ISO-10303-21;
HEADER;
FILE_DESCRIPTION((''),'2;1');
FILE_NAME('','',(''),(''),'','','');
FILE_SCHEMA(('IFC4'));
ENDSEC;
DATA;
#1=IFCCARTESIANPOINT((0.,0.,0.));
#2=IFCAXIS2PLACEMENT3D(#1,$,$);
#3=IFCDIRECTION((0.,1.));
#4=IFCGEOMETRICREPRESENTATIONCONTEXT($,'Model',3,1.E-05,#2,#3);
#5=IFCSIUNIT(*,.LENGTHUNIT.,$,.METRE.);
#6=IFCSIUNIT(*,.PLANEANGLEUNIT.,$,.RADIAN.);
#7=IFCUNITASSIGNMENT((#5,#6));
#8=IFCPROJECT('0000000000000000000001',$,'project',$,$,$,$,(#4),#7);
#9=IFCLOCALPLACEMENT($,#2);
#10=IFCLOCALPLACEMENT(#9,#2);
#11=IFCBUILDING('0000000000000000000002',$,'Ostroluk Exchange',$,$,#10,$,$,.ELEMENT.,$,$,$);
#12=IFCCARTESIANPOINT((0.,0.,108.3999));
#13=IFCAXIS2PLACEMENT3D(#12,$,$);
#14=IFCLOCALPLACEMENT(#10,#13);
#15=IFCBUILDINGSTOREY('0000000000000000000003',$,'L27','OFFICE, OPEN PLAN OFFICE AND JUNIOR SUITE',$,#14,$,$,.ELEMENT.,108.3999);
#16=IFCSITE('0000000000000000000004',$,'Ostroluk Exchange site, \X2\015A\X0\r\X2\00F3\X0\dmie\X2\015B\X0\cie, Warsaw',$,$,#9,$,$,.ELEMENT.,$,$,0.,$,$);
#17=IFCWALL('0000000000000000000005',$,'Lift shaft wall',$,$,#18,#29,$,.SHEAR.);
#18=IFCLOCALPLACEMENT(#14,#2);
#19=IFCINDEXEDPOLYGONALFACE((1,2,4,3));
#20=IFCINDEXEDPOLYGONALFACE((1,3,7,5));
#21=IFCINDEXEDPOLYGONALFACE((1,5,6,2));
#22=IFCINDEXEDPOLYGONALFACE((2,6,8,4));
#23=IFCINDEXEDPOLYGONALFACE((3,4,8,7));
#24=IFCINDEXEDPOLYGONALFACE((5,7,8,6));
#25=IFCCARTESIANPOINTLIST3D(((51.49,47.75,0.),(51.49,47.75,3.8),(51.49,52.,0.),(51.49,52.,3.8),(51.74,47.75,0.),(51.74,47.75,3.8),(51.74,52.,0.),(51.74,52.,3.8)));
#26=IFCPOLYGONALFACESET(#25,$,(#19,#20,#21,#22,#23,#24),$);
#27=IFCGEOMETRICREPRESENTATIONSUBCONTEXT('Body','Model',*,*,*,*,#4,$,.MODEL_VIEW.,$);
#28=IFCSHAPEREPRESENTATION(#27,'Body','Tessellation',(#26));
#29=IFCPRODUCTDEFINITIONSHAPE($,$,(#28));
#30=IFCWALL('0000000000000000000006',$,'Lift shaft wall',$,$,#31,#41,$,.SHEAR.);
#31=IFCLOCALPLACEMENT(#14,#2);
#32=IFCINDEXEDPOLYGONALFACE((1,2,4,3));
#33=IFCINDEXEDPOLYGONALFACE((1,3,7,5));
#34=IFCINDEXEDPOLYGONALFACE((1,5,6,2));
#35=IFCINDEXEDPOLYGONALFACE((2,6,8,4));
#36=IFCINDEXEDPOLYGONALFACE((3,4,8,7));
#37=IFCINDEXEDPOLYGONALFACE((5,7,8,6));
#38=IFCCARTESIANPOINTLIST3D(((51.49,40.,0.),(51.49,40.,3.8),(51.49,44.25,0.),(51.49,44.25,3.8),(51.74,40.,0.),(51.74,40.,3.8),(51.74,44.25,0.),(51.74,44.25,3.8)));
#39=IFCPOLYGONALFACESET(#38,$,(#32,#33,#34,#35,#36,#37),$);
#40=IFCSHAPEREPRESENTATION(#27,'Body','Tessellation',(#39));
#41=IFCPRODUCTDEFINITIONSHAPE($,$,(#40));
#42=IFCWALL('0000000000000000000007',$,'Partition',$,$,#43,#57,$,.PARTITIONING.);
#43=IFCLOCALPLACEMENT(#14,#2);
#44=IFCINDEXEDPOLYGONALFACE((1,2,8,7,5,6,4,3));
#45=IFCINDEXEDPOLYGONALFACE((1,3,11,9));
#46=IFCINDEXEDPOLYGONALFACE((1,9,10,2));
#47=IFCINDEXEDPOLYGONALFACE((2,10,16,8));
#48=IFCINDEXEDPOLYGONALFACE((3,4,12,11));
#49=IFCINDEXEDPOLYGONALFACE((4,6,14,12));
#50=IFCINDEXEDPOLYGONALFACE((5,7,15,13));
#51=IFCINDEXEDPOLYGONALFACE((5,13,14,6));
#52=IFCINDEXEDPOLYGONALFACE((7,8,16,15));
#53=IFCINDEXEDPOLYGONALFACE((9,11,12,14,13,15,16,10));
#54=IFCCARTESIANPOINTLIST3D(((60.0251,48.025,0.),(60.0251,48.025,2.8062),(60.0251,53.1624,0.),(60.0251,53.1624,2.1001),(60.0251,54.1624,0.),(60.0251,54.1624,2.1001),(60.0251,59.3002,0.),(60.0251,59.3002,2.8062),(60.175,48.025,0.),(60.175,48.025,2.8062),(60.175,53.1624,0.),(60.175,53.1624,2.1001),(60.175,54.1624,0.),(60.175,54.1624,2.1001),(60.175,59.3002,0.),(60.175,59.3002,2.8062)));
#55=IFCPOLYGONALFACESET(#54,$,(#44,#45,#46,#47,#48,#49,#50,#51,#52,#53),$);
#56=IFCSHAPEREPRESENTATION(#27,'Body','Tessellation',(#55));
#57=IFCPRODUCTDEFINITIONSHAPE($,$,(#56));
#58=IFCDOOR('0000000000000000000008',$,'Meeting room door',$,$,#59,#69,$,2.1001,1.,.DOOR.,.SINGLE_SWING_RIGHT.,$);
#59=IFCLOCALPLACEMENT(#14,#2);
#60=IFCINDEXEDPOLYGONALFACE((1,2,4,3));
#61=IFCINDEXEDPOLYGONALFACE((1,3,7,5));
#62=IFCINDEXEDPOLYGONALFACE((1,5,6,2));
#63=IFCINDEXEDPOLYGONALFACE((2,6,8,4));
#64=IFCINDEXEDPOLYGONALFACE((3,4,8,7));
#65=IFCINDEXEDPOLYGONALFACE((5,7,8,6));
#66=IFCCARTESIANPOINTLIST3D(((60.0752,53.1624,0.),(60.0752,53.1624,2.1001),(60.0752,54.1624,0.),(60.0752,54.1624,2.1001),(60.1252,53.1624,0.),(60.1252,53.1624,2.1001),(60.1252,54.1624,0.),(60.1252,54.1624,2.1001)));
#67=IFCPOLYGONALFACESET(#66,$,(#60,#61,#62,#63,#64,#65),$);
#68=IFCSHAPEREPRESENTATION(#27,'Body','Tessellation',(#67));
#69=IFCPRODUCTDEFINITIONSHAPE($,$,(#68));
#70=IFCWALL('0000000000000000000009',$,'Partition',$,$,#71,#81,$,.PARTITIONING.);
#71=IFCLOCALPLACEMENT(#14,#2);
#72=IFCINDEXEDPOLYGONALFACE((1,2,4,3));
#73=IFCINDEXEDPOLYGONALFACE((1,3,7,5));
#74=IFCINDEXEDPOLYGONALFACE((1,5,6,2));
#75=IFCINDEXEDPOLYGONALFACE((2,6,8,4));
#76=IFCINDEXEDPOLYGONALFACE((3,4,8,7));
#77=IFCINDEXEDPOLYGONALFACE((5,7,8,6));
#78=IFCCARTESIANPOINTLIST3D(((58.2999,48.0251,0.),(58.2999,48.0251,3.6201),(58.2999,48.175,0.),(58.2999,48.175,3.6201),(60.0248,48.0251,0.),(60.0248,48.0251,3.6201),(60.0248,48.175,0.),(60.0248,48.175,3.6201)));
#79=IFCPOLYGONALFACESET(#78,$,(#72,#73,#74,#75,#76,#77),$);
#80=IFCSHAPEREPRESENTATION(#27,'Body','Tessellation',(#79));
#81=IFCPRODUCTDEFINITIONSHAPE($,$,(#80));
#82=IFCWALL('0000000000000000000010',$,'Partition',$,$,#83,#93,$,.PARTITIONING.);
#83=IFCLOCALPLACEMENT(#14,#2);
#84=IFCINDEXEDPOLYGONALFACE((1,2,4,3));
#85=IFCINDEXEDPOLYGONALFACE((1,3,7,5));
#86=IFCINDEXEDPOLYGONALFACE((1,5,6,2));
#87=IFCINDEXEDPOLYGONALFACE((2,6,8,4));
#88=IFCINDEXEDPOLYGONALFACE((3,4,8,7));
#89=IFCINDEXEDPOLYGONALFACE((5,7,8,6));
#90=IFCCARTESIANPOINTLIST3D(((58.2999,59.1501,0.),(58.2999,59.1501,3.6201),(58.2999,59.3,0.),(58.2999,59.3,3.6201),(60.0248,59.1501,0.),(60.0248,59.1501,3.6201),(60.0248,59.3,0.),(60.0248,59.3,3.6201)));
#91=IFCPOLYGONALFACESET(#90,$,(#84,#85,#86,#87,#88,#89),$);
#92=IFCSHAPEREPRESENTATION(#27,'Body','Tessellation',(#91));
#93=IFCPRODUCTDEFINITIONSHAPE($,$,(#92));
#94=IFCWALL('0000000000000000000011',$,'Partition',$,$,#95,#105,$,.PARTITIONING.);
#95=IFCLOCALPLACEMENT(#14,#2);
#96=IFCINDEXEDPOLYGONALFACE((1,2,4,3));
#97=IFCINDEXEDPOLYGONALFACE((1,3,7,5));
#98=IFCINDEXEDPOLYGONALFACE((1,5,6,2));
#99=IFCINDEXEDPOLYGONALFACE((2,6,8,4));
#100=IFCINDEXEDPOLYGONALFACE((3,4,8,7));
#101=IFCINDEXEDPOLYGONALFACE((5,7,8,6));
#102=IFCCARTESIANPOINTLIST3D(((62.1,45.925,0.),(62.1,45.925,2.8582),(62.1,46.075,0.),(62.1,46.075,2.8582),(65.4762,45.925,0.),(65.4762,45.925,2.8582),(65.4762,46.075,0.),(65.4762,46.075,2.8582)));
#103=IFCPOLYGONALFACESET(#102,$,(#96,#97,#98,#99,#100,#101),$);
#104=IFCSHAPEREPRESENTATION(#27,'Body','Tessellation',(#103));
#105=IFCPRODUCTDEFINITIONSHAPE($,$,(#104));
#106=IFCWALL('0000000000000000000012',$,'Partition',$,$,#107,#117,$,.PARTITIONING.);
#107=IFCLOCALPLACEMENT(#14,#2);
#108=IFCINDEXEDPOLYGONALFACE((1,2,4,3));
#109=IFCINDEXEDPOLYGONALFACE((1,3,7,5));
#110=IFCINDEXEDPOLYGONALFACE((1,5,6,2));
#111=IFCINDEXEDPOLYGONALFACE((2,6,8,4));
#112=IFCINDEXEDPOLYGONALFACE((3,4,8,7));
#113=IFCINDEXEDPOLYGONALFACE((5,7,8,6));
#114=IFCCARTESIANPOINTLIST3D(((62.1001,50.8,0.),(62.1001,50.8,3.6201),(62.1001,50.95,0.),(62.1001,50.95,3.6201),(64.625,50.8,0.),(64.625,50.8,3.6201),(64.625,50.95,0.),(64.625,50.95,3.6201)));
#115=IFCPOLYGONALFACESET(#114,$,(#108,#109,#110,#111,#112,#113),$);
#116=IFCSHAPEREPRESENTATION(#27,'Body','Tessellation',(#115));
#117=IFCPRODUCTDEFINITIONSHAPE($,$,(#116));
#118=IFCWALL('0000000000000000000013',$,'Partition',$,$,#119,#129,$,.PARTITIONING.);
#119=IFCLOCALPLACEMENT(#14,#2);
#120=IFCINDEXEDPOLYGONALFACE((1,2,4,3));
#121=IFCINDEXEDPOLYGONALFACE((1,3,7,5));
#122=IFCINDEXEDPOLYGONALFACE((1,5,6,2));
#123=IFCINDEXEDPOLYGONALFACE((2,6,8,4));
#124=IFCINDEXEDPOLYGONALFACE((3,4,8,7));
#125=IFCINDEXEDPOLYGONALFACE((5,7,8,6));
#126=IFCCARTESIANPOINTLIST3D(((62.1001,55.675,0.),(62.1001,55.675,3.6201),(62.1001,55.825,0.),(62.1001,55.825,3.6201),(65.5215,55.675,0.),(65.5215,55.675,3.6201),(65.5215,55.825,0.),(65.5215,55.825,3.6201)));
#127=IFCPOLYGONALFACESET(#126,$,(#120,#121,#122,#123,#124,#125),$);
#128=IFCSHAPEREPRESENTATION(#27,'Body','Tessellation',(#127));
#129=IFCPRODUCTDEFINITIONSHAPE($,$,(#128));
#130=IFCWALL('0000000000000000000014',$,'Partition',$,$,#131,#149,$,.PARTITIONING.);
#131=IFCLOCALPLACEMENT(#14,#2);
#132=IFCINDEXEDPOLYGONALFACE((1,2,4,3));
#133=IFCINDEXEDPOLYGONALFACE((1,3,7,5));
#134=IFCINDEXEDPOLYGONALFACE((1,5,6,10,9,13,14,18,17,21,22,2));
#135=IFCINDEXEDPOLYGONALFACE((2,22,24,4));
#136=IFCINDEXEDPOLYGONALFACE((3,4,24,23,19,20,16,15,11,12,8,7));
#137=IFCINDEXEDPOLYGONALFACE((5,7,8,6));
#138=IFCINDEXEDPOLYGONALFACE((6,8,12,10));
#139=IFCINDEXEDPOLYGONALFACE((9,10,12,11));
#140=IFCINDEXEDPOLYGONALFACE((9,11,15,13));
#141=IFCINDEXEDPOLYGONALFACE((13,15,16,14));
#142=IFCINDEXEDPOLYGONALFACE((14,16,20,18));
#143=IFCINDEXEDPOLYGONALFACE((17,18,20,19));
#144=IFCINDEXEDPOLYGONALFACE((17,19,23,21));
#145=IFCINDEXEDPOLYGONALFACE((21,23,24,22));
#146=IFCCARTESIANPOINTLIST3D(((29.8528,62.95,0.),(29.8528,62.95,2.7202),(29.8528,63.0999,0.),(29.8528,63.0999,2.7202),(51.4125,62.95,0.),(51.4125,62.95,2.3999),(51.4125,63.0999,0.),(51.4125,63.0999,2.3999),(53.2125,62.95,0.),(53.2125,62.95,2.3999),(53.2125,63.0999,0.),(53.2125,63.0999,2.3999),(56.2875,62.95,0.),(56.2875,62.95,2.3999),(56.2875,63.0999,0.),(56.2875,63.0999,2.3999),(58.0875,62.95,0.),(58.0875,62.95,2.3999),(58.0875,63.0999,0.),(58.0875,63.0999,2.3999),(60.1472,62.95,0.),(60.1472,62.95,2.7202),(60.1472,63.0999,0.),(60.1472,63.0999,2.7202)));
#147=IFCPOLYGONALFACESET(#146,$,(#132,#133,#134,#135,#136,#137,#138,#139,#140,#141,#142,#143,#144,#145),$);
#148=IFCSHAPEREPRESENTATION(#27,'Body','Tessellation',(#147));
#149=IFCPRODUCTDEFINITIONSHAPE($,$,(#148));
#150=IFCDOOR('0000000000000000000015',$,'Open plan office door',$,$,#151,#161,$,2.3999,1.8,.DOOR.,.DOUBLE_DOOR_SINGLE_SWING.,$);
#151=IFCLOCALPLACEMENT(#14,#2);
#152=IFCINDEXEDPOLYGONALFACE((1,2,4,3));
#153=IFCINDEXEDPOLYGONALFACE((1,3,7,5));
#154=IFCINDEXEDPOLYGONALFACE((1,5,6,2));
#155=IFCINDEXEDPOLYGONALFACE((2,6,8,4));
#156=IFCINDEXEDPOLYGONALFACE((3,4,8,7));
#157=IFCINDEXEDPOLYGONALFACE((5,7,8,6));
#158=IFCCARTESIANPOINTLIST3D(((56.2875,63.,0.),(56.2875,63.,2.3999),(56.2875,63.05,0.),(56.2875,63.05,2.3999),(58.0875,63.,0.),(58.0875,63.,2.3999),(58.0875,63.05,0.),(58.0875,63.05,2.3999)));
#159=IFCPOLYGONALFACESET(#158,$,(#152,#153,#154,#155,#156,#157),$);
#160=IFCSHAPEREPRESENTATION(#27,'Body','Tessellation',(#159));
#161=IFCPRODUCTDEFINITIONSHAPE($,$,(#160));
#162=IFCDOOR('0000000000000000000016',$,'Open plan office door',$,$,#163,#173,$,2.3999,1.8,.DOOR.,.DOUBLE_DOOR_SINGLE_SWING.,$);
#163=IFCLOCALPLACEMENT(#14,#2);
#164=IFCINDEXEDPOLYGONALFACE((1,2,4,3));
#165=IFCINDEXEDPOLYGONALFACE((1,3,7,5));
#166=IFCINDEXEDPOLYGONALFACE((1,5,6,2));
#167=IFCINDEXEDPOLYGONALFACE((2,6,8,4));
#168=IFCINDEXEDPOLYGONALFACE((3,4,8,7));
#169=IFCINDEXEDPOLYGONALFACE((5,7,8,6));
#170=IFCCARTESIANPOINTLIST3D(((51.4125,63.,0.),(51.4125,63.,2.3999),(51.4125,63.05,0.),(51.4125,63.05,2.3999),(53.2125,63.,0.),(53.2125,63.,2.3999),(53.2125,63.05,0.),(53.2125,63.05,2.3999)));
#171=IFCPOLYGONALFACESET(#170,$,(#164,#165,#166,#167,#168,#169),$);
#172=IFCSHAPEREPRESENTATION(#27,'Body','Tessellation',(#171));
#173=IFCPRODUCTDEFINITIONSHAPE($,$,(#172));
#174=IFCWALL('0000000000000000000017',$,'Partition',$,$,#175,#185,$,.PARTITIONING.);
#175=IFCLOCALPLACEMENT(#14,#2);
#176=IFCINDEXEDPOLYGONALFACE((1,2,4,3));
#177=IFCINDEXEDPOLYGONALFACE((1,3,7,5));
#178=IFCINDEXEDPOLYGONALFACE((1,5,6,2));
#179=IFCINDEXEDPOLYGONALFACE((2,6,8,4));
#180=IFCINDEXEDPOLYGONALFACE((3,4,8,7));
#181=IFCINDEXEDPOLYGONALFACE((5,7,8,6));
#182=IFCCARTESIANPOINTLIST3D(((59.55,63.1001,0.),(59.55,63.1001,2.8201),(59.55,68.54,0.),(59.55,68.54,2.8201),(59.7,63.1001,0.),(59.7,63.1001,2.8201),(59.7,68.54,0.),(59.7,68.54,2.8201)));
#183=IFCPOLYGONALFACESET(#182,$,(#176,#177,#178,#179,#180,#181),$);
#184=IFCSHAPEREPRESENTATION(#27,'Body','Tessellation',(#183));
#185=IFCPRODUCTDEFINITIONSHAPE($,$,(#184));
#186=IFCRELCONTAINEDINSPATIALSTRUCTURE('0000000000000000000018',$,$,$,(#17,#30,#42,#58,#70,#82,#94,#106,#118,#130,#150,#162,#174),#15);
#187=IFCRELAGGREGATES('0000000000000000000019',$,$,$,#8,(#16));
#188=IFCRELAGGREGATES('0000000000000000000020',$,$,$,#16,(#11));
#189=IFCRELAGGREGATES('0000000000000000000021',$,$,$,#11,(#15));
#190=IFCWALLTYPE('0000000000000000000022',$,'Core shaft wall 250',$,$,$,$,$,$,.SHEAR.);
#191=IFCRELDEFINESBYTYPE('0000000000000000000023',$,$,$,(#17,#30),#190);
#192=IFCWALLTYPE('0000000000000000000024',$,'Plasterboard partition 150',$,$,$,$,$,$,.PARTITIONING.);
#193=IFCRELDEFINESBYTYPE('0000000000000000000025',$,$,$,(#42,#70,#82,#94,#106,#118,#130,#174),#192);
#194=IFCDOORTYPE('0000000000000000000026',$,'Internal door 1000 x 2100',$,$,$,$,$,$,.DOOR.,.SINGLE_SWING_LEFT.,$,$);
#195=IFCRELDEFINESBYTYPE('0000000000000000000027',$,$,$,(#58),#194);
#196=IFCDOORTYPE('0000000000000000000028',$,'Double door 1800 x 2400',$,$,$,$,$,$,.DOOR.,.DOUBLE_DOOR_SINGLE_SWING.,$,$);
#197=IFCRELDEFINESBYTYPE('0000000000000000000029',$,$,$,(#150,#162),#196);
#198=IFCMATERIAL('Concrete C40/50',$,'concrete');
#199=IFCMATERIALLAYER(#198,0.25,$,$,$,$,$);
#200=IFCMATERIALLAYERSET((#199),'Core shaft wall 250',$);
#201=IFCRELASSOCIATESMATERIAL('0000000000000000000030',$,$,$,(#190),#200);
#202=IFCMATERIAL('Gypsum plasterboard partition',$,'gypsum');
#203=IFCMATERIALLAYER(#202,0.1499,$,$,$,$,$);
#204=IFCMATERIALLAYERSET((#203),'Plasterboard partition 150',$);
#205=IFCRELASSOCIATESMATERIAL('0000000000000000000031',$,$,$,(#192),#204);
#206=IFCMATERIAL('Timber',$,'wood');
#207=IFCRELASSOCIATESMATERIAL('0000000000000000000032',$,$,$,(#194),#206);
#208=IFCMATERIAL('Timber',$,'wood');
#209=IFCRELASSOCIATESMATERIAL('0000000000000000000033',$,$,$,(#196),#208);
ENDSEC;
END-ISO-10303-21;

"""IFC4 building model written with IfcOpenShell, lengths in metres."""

from ifc_helpers import new_model, si_unit, direction, frame, frame_2d, origin, place, context, subcontext, project, spatial, rectangle, extrude, material, layer, layer_set, type_object, element, fill, save


model = new_model("IFC4")

# Units and contexts
model_context = context("Model", 3, precision=1e-05, world=origin(), true_north=direction((0.0, 1.0)))
body_context = subcontext(model_context, "Body", "Model", "MODEL_VIEW")
ifc_project = project(units=[si_unit("LENGTHUNIT", "METRE"), si_unit("PLANEANGLEUNIT", "RADIAN")], contexts=[model_context])

# Site, building, storey
site_placement = place(None, origin())
site = spatial("IfcSite", under=ifc_project, at=site_placement, Name="Ostroluk Exchange site, Śródmieście, Warsaw", CompositionType="ELEMENT", RefElevation=0.0)
building_placement = place(site_placement, origin())
building = spatial("IfcBuilding", under=site, at=building_placement, Name="Ostroluk Exchange", CompositionType="ELEMENT")
storey_placement = place(building_placement, frame((0.0, 0.0, 108.3999)))
storey = spatial("IfcBuildingStorey", under=building, at=storey_placement, Name="L27", Description="OFFICE, OPEN PLAN OFFICE AND JUNIOR SUITE", CompositionType="ELEMENT", Elevation=108.3999)

# Shared definitions
ifc_material_1 = material(Name="Concrete C40/50", Category="concrete")
ifc_layer_1 = layer(ifc_material_1, 0.25)
ifc_layer_set_1 = layer_set([ifc_layer_1], Name="Core shaft wall 250")
wall_type_1 = type_object("IfcWallType", Name="Core shaft wall 250", PredefinedType="SHEAR", material=ifc_layer_set_1)

# Walls
for number, where, z_axis, x_axis, name in (
    (1, (51.615, 47.75, 0.0), (0.0, 0.0, 1.0), (0.0, 1.0, 0.0), "Lift shaft wall"),
    (2, (51.615, 44.25, 0.0), (0.0, 0.0, 1.0), (0.0, -1.0, 0.0), "Lift shaft wall"),
):
    element("IfcWall", number, at=place(storey_placement, frame(where, z_axis=z_axis, x_axis=x_axis)), inside=storey, type_object=wall_type_1, Name=name, PredefinedType="SHEAR", context=body_context, shape_type="SweptSolid", body=[
        extrude(rectangle(XDim=4.25, YDim=0.25, at=frame_2d((2.125, 0.0))), origin(), (0.0, 0.0, 1.0), 3.8),
    ])

# Wall, opening, door
ifc_material_2 = material(Name="Gypsum plasterboard partition", Category="gypsum")
ifc_layer_2 = layer(ifc_material_2, 0.1499)
ifc_layer_set_2 = layer_set([ifc_layer_2], Name="Plasterboard partition 150")
wall_type_2 = type_object("IfcWallType", Name="Plasterboard partition 150", PredefinedType="PARTITIONING", material=ifc_layer_set_2)
wall_1_placement = place(storey_placement, frame((60.1001, 48.0249, 0.0), z_axis=(0.0, 0.0, 1.0), x_axis=(0.0, 1.0, 0.0)))
wall_1 = element("IfcWall", 3, at=wall_1_placement, inside=storey, type_object=wall_type_2, Name="Partition", PredefinedType="PARTITIONING", context=body_context, shape_type="SweptSolid", body=[
    extrude(rectangle(XDim=11.2751, YDim=0.1499, at=frame_2d((5.6377, 0.0))), origin(), (0.0, 0.0, 1.0), 2.8062),
])
opening_1_placement = place(wall_1_placement, frame((5.1375, 0.0, 0.0)))
opening_1 = element("IfcOpeningElement", 4, at=opening_1_placement, cuts=wall_1, PredefinedType="OPENING", context=body_context, shape_type="SweptSolid", body=[
    extrude(rectangle(XDim=1.0, YDim=2.1001, at=frame_2d((0.5, 1.05))), frame((0.0, 0.085, 0.0), z_axis=(0.0, -1.0, 0.0), x_axis=(1.0, 0.0, 0.0)), (0.0, 0.0, 1.0), 0.1699),
])
ifc_material_3 = material(Name="Timber", Category="wood")
door_type_1 = type_object("IfcDoorType", Name="Internal door 1000 x 2100", OperationType="SINGLE_SWING_LEFT", PredefinedType="DOOR", material=ifc_material_3)
door_1_placement = place(opening_1_placement, origin())
door_1 = element("IfcDoor", 5, at=door_1_placement, inside=storey, type_object=door_type_1, Name="Meeting room door", OperationType="SINGLE_SWING_RIGHT", OverallHeight=2.1001, OverallWidth=1.0, PredefinedType="DOOR", context=body_context, shape_type="SweptSolid", body=[
    extrude(rectangle(XDim=1.0, YDim=2.1001, at=frame_2d((0.5, 1.05))), frame((0.0, 0.0249, 0.0), z_axis=(0.0, -1.0, 0.0), x_axis=(1.0, 0.0, 0.0)), (0.0, 0.0, 1.0), 0.05),
])
fill(opening_1, door_1)

# Walls
for number, where, z_axis, x_axis, name in (
    (6, (58.3, 48.1001, 0.0), (0.0, 0.0, 1.0), (1.0, 0.0, 0.0), "Partition"),
    (7, (58.3, 59.2251, 0.0), (0.0, 0.0, 1.0), (1.0, 0.0, 0.0), "Partition"),
):
    element("IfcWall", number, at=place(storey_placement, frame(where, z_axis=z_axis, x_axis=x_axis)), inside=storey, type_object=wall_type_2, Name=name, PredefinedType="PARTITIONING", context=body_context, shape_type="SweptSolid", body=[
        extrude(rectangle(XDim=1.7249, YDim=0.1499, at=frame_2d((0.8623, 0.0))), origin(), (0.0, 0.0, 1.0), 3.6201),
    ])
wall_2_placement = place(storey_placement, frame((62.1001, 46.0, 0.0), z_axis=(0.0, 0.0, 1.0), x_axis=(1.0, 0.0, 0.0)))
element("IfcWall", 8, at=wall_2_placement, inside=storey, type_object=wall_type_2, Name="Partition", PredefinedType="PARTITIONING", context=body_context, shape_type="SweptSolid", body=[
    extrude(rectangle(XDim=3.3762, YDim=0.1499, at=frame_2d((1.688, 0.0))), origin(), (0.0, 0.0, 1.0), 2.8582),
])
wall_3_placement = place(storey_placement, frame((62.1001, 50.875, 0.0), z_axis=(0.0, 0.0, 1.0), x_axis=(1.0, 0.0, 0.0)))
element("IfcWall", 9, at=wall_3_placement, inside=storey, type_object=wall_type_2, Name="Partition", PredefinedType="PARTITIONING", context=body_context, shape_type="SweptSolid", body=[
    extrude(rectangle(XDim=2.5249, YDim=0.1499, at=frame_2d((1.2625, 0.0))), origin(), (0.0, 0.0, 1.0), 3.6201),
])
wall_4_placement = place(storey_placement, frame((62.1001, 55.75, 0.0), z_axis=(0.0, 0.0, 1.0), x_axis=(1.0, 0.0, 0.0)))
element("IfcWall", 10, at=wall_4_placement, inside=storey, type_object=wall_type_2, Name="Partition", PredefinedType="PARTITIONING", context=body_context, shape_type="SweptSolid", body=[
    extrude(rectangle(XDim=3.4214, YDim=0.1499, at=frame_2d((1.7107, 0.0))), origin(), (0.0, 0.0, 1.0), 3.6201),
])

# Wall, openings, doors
wall_5_placement = place(storey_placement, frame((60.1472, 63.0249, 0.0), z_axis=(0.0, 0.0, 1.0), x_axis=(-1.0, 0.0, 0.0)))
wall_5 = element("IfcWall", 11, at=wall_5_placement, inside=storey, type_object=wall_type_2, Name="Partition", PredefinedType="PARTITIONING", context=body_context, shape_type="SweptSolid", body=[
    extrude(rectangle(XDim=30.2944, YDim=0.1499, at=frame_2d((15.1472, 0.0))), origin(), (0.0, 0.0, 1.0), 2.7202),
])
opening_2_placement = place(wall_5_placement, frame((2.0598, 0.0, 0.0)))
opening_2 = element("IfcOpeningElement", 12, at=opening_2_placement, cuts=wall_5, PredefinedType="OPENING", context=body_context, shape_type="SweptSolid", body=[
    extrude(rectangle(XDim=1.8, YDim=2.3999, at=frame_2d((0.8999, 1.2))), frame((0.0, 0.085, 0.0), z_axis=(0.0, -1.0, 0.0), x_axis=(1.0, 0.0, 0.0)), (0.0, 0.0, 1.0), 0.1699),
])
opening_3_placement = place(wall_5_placement, frame((6.9348, 0.0, 0.0)))
opening_3 = element("IfcOpeningElement", 13, at=opening_3_placement, cuts=wall_5, PredefinedType="OPENING", context=body_context, shape_type="SweptSolid", body=[
    extrude(rectangle(XDim=1.8, YDim=2.3999, at=frame_2d((0.8999, 1.2))), frame((0.0, 0.085, 0.0), z_axis=(0.0, -1.0, 0.0), x_axis=(1.0, 0.0, 0.0)), (0.0, 0.0, 1.0), 0.1699),
])
ifc_material_4 = material(Name="Timber", Category="wood")
door_type_2 = type_object("IfcDoorType", Name="Double door 1800 x 2400", OperationType="DOUBLE_DOOR_SINGLE_SWING", PredefinedType="DOOR", material=ifc_material_4)
door_2_placement = place(opening_2_placement, origin())
door_2 = element("IfcDoor", 14, at=door_2_placement, inside=storey, type_object=door_type_2, Name="Open plan office door", OperationType="DOUBLE_DOOR_SINGLE_SWING", OverallHeight=2.3999, OverallWidth=1.8, PredefinedType="DOOR", context=body_context, shape_type="SweptSolid", body=[
    extrude(rectangle(XDim=1.8, YDim=2.3999, at=frame_2d((0.8999, 1.2))), frame((0.0, 0.0249, 0.0), z_axis=(0.0, -1.0, 0.0), x_axis=(1.0, 0.0, 0.0)), (0.0, 0.0, 1.0), 0.05),
])
fill(opening_2, door_2)
door_3_placement = place(opening_3_placement, origin())
door_3 = element("IfcDoor", 15, at=door_3_placement, inside=storey, type_object=door_type_2, Name="Open plan office door", OperationType="DOUBLE_DOOR_SINGLE_SWING", OverallHeight=2.3999, OverallWidth=1.8, PredefinedType="DOOR", context=body_context, shape_type="SweptSolid", body=[
    extrude(rectangle(XDim=1.8, YDim=2.3999, at=frame_2d((0.8999, 1.2))), frame((0.0, 0.0249, 0.0), z_axis=(0.0, -1.0, 0.0), x_axis=(1.0, 0.0, 0.0)), (0.0, 0.0, 1.0), 0.05),
])
fill(opening_3, door_3)

# Wall
wall_6_placement = place(storey_placement, frame((59.625, 63.1001, 0.0), z_axis=(0.0, 0.0, 1.0), x_axis=(0.0, 1.0, 0.0)))
element("IfcWall", 16, at=wall_6_placement, inside=storey, type_object=wall_type_2, Name="Partition", PredefinedType="PARTITIONING", context=body_context, shape_type="SweptSolid", body=[
    extrude(rectangle(XDim=5.4399, YDim=0.1499, at=frame_2d((2.72, 0.0))), origin(), (0.0, 0.0, 1.0), 2.8201),
])

save(model, "model.ifc")
